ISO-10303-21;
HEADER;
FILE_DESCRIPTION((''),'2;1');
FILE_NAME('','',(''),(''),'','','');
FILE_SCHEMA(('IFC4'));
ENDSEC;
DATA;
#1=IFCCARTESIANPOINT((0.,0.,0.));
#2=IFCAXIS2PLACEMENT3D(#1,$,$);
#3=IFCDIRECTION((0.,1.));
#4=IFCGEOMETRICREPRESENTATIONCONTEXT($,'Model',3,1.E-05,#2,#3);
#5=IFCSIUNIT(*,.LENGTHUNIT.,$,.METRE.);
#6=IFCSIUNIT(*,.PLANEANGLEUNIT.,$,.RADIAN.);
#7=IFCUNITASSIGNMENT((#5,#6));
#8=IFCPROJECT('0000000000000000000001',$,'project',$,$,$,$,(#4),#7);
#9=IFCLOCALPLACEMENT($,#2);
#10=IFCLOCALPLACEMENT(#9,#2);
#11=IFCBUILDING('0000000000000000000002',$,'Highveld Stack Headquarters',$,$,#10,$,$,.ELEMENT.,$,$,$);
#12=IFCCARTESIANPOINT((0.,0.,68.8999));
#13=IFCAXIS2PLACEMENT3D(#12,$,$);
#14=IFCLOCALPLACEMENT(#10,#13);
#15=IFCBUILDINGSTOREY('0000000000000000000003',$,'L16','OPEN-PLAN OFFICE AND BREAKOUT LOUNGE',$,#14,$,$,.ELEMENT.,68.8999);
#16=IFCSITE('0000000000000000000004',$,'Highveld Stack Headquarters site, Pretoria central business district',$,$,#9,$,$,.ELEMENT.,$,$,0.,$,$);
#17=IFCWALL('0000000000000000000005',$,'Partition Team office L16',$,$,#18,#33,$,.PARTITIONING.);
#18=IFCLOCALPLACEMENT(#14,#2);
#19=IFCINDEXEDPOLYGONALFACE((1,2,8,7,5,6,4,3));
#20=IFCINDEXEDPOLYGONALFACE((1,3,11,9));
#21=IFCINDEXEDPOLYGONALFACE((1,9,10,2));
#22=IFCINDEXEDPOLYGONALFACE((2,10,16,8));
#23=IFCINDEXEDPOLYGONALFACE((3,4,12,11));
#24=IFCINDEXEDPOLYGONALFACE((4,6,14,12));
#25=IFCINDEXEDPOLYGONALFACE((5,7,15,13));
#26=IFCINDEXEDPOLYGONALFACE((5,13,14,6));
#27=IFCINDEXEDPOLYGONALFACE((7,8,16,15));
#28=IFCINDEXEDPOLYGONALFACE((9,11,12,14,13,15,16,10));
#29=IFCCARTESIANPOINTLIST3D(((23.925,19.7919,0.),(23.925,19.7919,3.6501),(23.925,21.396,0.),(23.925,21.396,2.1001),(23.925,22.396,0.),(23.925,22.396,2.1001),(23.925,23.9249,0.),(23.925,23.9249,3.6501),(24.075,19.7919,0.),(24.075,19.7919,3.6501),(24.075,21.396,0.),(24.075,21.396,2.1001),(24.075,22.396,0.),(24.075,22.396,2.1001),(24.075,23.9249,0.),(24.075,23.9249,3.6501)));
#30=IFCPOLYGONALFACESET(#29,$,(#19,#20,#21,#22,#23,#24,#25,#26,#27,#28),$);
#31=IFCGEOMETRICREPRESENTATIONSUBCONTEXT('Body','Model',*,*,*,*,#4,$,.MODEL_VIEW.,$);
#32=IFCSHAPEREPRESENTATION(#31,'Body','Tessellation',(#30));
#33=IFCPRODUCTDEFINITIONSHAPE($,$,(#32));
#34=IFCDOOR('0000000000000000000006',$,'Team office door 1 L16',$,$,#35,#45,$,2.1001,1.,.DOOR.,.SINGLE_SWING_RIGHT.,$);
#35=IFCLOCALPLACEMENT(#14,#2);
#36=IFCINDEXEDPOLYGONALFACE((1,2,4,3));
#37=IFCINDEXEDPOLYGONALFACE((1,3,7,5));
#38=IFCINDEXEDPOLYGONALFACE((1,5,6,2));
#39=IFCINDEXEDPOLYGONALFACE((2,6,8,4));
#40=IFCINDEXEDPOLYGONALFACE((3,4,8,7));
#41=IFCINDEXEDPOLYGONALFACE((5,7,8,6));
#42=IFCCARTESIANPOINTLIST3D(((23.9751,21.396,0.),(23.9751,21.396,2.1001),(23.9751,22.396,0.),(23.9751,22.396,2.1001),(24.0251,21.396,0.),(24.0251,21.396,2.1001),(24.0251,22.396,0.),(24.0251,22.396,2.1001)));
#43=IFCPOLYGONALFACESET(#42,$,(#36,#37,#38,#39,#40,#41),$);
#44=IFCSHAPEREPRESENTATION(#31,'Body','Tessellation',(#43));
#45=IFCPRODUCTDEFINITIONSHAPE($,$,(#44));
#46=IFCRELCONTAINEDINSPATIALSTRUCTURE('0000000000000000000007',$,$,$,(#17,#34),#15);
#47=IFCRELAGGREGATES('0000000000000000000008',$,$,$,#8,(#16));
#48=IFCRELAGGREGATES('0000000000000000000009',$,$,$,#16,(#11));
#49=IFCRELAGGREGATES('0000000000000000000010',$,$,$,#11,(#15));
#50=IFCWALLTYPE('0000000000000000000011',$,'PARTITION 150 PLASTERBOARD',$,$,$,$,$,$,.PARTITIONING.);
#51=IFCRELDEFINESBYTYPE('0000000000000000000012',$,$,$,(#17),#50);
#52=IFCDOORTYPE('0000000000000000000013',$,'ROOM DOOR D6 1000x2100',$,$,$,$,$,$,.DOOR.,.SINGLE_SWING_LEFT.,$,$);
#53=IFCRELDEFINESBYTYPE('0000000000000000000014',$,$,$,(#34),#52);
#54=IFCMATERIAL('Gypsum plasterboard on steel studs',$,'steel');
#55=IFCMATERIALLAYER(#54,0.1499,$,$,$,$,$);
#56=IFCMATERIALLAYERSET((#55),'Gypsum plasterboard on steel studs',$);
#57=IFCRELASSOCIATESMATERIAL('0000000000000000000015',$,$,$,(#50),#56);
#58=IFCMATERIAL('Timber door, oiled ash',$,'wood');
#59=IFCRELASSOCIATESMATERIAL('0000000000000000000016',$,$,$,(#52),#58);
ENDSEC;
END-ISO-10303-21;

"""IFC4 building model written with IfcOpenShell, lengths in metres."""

from ifc_helpers import new_model, si_unit, direction, frame, frame_2d, origin, place, context, subcontext, project, spatial, rectangle, extrude, material, layer, layer_set, type_object, element, fill, save


model = new_model("IFC4")

# Units and contexts
model_context = context("Model", 3, precision=1e-05, world=origin(), true_north=direction((0.0, 1.0)))
body_context = subcontext(model_context, "Body", "Model", "MODEL_VIEW")
ifc_project = project(units=[si_unit("LENGTHUNIT", "METRE"), si_unit("PLANEANGLEUNIT", "RADIAN")], contexts=[model_context])

# Site, building, storey
site_placement = place(None, origin())
site = spatial("IfcSite", under=ifc_project, at=site_placement, Name="Highveld Stack Headquarters site, Pretoria central business district", CompositionType="ELEMENT", RefElevation=0.0)
building_placement = place(site_placement, origin())
building = spatial("IfcBuilding", under=site, at=building_placement, Name="Highveld Stack Headquarters", CompositionType="ELEMENT")
storey_placement = place(building_placement, frame((0.0, 0.0, 68.8999)))
storey = spatial("IfcBuildingStorey", under=building, at=storey_placement, Name="L16", Description="OPEN-PLAN OFFICE AND BREAKOUT LOUNGE", CompositionType="ELEMENT", Elevation=68.8999)

# Shared definitions
ifc_material_1 = material(Name="Gypsum plasterboard on steel studs", Category="steel")
ifc_layer_1 = layer(ifc_material_1, 0.1499)
ifc_layer_set_1 = layer_set([ifc_layer_1], Name="Gypsum plasterboard on steel studs")
wall_type = type_object("IfcWallType", Name="PARTITION 150 PLASTERBOARD", PredefinedType="PARTITIONING", material=ifc_layer_set_1)

# Wall, opening, door
wall_1_placement = place(storey_placement, frame((24.0, 19.792, 0.0), z_axis=(0.0, 0.0, 1.0), x_axis=(0.0, 1.0, 0.0)))
wall_1 = element("IfcWall", 1, at=wall_1_placement, inside=storey, type_object=wall_type, Name="Partition Team office L16", PredefinedType="PARTITIONING", context=body_context, shape_type="SweptSolid", body=[
    extrude(rectangle(XDim=4.1331, YDim=0.1499, at=frame_2d((2.0664, 0.0))), origin(), (0.0, 0.0, 1.0), 3.6501),
])
opening_placement = place(wall_1_placement, frame((1.604, 0.0, 0.0)))
opening = element("IfcOpeningElement", 2, at=opening_placement, cuts=wall_1, PredefinedType="OPENING", context=body_context, shape_type="SweptSolid", body=[
    extrude(rectangle(XDim=1.0, YDim=2.1001, at=frame_2d((0.5, 1.05))), frame((0.0, 0.085, 0.0), z_axis=(0.0, -1.0, 0.0), x_axis=(1.0, 0.0, 0.0)), (0.0, 0.0, 1.0), 0.1699),
])
ifc_material_2 = material(Name="Timber door, oiled ash", Category="wood")
door_type = type_object("IfcDoorType", Name="ROOM DOOR D6 1000x2100", OperationType="SINGLE_SWING_LEFT", PredefinedType="DOOR", material=ifc_material_2)
door_placement = place(opening_placement, origin())
door = element("IfcDoor", 3, at=door_placement, inside=storey, type_object=door_type, Name="Team office door 1 L16", OperationType="SINGLE_SWING_RIGHT", OverallHeight=2.1001, OverallWidth=1.0, PredefinedType="DOOR", context=body_context, shape_type="SweptSolid", body=[
    extrude(rectangle(XDim=1.0, YDim=2.1001, at=frame_2d((0.5, 1.05))), frame((0.0, 0.0249, 0.0), z_axis=(0.0, -1.0, 0.0), x_axis=(1.0, 0.0, 0.0)), (0.0, 0.0, 1.0), 0.05),
])
fill(opening, door)

save(model, "model.ifc")
